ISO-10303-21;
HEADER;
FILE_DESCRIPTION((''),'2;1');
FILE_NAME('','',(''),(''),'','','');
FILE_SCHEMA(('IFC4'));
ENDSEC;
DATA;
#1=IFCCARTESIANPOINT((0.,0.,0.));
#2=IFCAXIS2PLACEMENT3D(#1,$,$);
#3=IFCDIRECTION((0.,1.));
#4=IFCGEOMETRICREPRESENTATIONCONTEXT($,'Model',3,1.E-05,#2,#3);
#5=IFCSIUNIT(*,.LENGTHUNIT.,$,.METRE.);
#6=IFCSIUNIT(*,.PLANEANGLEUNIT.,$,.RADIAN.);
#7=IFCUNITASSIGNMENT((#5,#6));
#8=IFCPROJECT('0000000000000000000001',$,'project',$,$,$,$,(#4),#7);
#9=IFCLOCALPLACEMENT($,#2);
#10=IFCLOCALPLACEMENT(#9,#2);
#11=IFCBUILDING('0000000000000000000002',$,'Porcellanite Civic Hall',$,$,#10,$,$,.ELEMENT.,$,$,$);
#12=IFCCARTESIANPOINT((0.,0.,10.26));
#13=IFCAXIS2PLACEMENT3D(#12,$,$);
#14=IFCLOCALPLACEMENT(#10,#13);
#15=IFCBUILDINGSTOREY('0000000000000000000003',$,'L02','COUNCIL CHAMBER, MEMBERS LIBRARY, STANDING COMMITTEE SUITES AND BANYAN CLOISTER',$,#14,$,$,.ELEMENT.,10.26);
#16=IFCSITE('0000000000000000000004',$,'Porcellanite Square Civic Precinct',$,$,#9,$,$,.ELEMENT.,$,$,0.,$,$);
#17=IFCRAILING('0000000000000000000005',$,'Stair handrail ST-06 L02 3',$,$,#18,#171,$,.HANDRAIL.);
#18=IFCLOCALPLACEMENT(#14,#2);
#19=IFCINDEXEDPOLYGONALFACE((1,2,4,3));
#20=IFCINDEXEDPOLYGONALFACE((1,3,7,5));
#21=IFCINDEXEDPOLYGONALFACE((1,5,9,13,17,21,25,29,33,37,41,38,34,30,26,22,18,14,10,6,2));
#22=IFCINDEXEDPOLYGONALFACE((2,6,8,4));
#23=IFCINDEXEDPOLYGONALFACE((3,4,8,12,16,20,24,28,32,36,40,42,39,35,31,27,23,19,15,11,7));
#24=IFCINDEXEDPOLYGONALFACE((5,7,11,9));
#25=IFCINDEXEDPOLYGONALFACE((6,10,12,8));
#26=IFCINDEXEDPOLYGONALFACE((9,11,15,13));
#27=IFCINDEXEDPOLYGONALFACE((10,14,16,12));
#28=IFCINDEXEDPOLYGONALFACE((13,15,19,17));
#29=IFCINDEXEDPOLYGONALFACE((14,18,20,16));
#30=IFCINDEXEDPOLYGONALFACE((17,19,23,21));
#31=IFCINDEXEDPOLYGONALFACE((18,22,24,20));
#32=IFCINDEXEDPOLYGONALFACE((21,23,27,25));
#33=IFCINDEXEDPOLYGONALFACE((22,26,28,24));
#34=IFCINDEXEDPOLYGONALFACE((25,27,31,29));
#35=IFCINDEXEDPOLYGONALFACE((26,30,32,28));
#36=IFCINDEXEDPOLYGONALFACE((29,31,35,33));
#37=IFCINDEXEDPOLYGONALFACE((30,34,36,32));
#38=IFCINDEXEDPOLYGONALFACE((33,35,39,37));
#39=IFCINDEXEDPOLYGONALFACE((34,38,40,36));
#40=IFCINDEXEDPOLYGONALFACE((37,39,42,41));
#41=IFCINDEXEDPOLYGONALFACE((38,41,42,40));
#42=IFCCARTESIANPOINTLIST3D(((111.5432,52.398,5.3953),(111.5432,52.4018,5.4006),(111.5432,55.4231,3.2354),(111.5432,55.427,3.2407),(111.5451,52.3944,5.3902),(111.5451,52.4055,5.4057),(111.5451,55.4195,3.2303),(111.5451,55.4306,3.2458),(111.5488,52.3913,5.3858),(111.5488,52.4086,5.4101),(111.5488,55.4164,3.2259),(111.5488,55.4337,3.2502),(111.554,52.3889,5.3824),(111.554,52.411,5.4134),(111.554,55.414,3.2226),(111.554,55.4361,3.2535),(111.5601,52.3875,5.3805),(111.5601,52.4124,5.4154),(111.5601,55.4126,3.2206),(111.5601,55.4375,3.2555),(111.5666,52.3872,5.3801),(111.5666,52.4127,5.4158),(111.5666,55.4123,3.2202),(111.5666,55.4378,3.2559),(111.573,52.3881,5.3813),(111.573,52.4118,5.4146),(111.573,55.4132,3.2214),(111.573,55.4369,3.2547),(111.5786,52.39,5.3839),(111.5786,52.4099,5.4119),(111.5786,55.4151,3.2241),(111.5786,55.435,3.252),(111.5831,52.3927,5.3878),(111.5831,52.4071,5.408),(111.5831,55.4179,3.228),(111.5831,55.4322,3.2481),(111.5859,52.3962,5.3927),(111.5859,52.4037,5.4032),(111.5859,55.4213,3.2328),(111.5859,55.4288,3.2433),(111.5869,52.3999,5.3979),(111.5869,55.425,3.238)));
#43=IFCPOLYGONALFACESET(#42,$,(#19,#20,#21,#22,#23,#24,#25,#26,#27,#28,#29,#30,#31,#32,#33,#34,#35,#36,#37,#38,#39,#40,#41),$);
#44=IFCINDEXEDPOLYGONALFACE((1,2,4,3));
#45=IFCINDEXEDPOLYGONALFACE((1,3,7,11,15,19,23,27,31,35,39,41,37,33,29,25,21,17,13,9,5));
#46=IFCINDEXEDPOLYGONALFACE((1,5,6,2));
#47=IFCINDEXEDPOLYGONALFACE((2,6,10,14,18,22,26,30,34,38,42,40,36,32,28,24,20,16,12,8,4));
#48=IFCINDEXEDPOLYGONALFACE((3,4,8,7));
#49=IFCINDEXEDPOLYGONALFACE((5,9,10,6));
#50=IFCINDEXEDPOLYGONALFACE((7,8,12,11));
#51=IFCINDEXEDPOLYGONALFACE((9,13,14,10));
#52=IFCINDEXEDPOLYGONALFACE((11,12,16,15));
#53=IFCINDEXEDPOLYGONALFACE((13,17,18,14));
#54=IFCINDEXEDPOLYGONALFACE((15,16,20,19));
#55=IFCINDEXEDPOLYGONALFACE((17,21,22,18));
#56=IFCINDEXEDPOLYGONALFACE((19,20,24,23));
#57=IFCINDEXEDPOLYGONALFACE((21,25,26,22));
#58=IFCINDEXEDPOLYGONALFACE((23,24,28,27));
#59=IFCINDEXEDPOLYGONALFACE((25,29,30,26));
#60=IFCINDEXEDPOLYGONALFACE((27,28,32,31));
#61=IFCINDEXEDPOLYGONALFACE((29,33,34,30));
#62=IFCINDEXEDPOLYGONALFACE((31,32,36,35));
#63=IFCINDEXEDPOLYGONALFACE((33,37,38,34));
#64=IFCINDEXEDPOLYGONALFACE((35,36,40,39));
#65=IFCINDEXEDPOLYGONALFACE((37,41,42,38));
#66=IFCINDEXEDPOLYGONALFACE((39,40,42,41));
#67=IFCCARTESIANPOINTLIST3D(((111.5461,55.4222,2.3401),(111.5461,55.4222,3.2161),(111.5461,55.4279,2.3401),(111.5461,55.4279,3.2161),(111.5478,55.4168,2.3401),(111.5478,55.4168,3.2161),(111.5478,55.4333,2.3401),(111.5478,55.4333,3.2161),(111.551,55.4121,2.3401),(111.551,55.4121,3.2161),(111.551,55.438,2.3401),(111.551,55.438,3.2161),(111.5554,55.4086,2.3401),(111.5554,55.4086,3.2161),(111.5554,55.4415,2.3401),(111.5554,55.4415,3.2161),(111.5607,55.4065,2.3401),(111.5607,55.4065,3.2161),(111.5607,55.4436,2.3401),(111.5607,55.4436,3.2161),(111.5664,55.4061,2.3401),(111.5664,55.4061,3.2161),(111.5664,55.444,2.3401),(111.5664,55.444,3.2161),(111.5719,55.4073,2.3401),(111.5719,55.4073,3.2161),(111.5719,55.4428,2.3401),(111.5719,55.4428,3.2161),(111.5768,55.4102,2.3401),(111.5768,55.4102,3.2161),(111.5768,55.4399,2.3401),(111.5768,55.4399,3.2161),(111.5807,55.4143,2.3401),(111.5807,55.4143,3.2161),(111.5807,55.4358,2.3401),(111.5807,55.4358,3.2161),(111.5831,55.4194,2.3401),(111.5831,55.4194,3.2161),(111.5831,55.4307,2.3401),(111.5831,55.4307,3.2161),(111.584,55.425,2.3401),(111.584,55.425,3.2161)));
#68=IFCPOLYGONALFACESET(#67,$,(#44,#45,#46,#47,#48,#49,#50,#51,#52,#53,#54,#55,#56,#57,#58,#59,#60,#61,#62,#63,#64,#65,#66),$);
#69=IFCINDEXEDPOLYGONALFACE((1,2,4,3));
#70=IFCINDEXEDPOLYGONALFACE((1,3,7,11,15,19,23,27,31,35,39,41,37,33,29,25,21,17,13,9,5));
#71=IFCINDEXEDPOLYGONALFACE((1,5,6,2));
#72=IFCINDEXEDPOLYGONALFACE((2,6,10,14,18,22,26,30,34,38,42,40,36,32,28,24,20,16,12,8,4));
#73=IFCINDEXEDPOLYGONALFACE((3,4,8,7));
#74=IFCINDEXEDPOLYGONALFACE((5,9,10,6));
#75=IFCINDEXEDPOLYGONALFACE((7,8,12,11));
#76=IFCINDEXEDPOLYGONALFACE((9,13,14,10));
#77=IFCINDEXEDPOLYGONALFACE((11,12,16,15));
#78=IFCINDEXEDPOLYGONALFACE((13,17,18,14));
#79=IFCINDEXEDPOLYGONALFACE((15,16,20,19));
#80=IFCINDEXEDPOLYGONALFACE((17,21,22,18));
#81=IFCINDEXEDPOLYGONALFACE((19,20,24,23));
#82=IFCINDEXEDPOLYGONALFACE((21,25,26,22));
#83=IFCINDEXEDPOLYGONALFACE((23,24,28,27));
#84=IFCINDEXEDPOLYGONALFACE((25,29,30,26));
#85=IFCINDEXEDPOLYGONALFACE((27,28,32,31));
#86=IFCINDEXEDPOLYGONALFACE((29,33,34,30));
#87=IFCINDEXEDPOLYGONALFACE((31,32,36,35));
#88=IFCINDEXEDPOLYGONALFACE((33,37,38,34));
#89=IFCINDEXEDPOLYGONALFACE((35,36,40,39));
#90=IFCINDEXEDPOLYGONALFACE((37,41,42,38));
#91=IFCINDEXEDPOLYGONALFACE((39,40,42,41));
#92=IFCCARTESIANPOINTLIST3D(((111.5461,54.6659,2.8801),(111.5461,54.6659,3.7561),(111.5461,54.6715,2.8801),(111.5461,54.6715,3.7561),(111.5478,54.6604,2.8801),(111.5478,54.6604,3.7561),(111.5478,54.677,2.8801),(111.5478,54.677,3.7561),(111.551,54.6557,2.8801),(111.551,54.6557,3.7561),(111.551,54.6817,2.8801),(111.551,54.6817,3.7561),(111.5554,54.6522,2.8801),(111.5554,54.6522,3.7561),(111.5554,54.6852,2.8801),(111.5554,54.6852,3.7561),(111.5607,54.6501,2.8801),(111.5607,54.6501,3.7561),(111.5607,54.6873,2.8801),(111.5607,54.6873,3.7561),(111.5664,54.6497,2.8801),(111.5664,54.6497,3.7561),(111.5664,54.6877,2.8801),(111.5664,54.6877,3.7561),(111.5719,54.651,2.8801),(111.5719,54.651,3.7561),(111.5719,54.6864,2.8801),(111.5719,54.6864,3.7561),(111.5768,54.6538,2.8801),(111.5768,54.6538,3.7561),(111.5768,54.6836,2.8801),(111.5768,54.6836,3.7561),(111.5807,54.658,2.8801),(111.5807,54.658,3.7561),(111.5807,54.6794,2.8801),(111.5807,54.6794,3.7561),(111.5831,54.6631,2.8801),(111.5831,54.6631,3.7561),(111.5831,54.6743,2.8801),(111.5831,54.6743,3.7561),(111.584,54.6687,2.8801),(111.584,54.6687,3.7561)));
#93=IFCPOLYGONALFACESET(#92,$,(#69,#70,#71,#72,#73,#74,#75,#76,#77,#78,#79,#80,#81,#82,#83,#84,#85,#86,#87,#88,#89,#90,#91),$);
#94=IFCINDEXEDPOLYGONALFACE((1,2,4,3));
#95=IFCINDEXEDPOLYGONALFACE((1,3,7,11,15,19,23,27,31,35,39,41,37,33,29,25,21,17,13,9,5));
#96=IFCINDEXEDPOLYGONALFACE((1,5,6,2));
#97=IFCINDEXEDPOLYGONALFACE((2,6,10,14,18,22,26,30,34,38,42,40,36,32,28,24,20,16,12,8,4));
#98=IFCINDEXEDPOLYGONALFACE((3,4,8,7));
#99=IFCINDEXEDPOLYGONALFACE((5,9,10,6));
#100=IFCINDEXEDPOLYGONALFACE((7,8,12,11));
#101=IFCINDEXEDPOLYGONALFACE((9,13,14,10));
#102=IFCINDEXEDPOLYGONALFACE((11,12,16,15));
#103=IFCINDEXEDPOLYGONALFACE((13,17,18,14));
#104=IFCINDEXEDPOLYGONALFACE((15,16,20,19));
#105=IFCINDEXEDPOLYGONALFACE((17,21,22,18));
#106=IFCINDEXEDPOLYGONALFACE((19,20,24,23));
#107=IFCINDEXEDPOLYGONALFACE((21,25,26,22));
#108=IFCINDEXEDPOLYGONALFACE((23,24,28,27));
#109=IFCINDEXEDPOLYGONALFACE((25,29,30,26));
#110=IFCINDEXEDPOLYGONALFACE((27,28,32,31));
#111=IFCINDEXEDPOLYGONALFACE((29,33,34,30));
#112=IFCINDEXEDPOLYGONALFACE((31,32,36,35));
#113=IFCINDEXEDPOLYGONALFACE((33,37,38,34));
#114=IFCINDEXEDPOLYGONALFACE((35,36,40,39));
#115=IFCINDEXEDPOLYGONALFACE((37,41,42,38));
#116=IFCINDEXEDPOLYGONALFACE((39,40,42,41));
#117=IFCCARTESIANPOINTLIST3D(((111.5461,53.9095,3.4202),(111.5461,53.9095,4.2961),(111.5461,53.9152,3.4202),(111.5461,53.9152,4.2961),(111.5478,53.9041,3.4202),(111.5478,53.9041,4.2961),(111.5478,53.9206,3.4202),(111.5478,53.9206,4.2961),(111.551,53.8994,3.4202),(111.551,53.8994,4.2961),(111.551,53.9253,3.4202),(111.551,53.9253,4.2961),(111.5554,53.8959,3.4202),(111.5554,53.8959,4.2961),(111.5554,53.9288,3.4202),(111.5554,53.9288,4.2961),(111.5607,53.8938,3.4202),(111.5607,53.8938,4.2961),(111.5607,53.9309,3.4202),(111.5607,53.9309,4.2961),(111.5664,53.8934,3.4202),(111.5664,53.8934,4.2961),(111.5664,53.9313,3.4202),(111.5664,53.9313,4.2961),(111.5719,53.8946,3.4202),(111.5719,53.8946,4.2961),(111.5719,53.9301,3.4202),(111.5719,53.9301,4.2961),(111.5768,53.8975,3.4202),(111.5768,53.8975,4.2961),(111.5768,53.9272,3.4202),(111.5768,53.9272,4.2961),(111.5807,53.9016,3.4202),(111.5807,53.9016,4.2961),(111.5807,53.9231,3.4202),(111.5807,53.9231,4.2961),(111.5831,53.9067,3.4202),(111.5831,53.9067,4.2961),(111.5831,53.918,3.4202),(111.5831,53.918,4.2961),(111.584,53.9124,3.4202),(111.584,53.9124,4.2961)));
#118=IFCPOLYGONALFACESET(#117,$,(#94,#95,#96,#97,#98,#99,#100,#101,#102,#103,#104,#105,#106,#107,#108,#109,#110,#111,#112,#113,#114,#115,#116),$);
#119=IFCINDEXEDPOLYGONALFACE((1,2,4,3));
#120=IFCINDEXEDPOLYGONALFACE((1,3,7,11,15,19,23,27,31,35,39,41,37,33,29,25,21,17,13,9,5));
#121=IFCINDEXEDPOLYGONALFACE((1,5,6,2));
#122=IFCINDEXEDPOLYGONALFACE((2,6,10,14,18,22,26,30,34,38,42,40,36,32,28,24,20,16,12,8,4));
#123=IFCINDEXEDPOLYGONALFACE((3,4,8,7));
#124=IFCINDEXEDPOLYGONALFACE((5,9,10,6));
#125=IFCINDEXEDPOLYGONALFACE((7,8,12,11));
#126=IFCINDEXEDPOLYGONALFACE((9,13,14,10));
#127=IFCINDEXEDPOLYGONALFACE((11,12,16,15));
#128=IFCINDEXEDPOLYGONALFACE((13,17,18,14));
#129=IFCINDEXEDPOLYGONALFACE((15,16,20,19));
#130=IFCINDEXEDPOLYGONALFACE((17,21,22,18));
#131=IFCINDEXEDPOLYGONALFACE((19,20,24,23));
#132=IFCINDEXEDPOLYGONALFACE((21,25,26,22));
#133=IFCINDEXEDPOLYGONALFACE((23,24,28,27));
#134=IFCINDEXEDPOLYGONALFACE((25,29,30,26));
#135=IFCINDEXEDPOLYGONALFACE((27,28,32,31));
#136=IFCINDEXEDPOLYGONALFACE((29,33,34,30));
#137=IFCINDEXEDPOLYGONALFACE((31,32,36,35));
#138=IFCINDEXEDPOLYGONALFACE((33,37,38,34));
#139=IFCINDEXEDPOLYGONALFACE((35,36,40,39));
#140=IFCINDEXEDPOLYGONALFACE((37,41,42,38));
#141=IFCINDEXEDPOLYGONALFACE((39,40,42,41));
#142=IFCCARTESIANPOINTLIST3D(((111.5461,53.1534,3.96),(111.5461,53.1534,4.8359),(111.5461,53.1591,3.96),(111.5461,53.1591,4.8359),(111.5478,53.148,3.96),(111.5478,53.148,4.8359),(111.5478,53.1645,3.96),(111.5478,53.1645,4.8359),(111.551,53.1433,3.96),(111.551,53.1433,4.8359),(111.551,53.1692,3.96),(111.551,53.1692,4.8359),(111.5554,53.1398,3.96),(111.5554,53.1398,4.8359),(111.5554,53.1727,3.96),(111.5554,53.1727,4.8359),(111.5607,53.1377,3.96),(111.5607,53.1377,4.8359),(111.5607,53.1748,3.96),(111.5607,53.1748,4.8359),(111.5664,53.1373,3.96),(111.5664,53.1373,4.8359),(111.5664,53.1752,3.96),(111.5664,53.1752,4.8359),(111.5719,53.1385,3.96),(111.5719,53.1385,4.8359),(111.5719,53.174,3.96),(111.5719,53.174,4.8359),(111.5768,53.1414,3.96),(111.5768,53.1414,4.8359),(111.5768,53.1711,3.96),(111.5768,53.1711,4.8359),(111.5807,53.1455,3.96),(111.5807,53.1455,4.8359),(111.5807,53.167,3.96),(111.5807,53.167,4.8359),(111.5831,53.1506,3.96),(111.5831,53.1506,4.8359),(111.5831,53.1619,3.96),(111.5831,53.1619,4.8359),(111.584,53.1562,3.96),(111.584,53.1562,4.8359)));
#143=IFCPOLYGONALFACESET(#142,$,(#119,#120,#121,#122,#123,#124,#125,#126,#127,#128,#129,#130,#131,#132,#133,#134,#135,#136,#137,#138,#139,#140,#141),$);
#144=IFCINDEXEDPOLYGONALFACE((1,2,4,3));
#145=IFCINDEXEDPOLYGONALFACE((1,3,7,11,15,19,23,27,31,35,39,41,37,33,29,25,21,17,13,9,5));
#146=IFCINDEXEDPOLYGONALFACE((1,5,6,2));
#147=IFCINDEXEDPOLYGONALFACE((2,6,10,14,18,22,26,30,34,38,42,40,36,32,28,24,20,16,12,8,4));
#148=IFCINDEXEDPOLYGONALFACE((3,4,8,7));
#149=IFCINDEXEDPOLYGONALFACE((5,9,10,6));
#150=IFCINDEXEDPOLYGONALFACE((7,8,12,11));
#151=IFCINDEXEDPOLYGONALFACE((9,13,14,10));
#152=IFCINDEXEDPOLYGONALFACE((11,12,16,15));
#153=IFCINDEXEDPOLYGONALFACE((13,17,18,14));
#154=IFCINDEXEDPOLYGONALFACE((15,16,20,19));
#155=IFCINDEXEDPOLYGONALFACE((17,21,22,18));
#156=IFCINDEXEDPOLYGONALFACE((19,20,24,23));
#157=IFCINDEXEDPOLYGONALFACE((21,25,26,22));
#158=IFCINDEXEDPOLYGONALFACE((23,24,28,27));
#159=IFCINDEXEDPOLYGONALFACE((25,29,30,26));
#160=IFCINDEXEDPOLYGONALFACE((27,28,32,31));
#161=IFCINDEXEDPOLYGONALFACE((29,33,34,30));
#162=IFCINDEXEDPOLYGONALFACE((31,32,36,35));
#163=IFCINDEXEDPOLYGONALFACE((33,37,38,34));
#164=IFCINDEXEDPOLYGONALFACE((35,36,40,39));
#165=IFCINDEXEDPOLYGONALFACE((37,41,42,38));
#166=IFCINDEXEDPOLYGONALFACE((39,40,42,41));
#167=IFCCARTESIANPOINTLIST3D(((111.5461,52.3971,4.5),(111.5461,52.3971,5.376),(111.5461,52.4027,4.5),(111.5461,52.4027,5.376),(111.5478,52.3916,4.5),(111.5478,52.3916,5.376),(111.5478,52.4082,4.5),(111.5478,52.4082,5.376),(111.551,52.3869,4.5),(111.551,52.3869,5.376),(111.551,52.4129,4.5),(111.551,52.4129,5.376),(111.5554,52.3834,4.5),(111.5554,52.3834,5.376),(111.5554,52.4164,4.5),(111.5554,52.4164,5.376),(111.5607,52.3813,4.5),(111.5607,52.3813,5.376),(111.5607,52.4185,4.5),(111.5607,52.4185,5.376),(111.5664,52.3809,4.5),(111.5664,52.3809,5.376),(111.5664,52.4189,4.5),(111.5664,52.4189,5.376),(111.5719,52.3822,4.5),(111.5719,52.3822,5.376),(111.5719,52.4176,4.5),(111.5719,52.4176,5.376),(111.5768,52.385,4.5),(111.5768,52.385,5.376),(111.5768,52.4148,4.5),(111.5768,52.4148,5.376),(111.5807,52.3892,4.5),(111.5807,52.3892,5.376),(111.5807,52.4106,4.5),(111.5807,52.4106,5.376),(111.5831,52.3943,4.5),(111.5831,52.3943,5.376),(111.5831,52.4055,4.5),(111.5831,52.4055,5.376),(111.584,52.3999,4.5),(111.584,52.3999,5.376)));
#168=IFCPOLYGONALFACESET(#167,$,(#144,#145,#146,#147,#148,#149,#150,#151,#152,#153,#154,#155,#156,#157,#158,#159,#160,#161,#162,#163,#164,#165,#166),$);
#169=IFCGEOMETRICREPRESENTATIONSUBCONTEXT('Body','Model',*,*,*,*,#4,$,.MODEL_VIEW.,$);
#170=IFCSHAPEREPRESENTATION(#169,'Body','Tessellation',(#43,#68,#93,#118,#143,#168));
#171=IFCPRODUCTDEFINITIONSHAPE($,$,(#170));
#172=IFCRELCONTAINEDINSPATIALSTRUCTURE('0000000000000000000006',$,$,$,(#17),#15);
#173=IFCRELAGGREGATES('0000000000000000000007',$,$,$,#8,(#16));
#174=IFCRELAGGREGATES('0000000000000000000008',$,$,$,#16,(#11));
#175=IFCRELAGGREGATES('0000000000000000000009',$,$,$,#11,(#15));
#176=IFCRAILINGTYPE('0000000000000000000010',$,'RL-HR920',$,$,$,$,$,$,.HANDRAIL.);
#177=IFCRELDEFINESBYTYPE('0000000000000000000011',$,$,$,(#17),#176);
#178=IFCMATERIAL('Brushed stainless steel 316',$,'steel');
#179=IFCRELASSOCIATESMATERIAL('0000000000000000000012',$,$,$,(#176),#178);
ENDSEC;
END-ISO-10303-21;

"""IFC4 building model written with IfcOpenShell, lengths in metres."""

from ifc_helpers import new_model, si_unit, direction, frame, origin, origin_2d, place, context, subcontext, project, spatial, circle, extrude, material, type_object, element, save


model = new_model("IFC4")

# Units and contexts
model_context = context("Model", 3, precision=1e-05, world=origin(), true_north=direction((0.0, 1.0)))
body_context = subcontext(model_context, "Body", "Model", "MODEL_VIEW")
ifc_project = project(units=[si_unit("LENGTHUNIT", "METRE"), si_unit("PLANEANGLEUNIT", "RADIAN")], contexts=[model_context])

# Site, building, storey
site_placement = place(None, origin())
site = spatial("IfcSite", under=ifc_project, at=site_placement, Name="Porcellanite Square Civic Precinct", CompositionType="ELEMENT", RefElevation=0.0)
building_placement = place(site_placement, origin())
building = spatial("IfcBuilding", under=site, at=building_placement, Name="Porcellanite Civic Hall", CompositionType="ELEMENT")
storey_placement = place(building_placement, frame((0.0, 0.0, 10.26)))
storey = spatial("IfcBuildingStorey", under=building, at=storey_placement, Name="L02", Description="COUNCIL CHAMBER, MEMBERS LIBRARY, STANDING COMMITTEE SUITES AND BANYAN CLOISTER", CompositionType="ELEMENT", Elevation=10.26)

# Railing
ifc_material_1 = material(Name="Brushed stainless steel 316", Category="steel")
railing_type_1 = type_object("IfcRailingType", Name="RL-HR920", PredefinedType="HANDRAIL", material=ifc_material_1)
railing_1_placement = place(storey_placement, frame((111.5649, 55.425, 2.3401)))
element("IfcRailing", 1, at=railing_1_placement, inside=storey, type_object=railing_type_1, Name="Stair handrail ST-06 L02 3", PredefinedType="HANDRAIL", context=body_context, shape_type="SweptSolid", body=[
    extrude(circle(Radius=0.022, at=origin_2d()), frame((0.0, 0.0, 0.8979), z_axis=(0.0, -0.813849, 0.581077), x_axis=(1.0, 0.0, 0.0)), (0.0, 0.0, 1.0), 3.717),
    extrude(circle(Radius=0.019, at=origin_2d()), origin(), (0.0, 0.0, 1.0), 0.876),
    extrude(circle(Radius=0.019, at=origin_2d()), frame((0.0, -0.7563, 0.54)), (0.0, 0.0, 1.0), 0.876),
    extrude(circle(Radius=0.019, at=origin_2d()), frame((0.0, -1.5127, 1.0801)), (0.0, 0.0, 1.0), 0.876),
    extrude(circle(Radius=0.019, at=origin_2d()), frame((0.0, -2.2688, 1.6199)), (0.0, 0.0, 1.0), 0.876),
    extrude(circle(Radius=0.019, at=origin_2d()), frame((0.0, -3.0251, 2.1599)), (0.0, 0.0, 1.0), 0.876),
])

save(model, "model.ifc")
